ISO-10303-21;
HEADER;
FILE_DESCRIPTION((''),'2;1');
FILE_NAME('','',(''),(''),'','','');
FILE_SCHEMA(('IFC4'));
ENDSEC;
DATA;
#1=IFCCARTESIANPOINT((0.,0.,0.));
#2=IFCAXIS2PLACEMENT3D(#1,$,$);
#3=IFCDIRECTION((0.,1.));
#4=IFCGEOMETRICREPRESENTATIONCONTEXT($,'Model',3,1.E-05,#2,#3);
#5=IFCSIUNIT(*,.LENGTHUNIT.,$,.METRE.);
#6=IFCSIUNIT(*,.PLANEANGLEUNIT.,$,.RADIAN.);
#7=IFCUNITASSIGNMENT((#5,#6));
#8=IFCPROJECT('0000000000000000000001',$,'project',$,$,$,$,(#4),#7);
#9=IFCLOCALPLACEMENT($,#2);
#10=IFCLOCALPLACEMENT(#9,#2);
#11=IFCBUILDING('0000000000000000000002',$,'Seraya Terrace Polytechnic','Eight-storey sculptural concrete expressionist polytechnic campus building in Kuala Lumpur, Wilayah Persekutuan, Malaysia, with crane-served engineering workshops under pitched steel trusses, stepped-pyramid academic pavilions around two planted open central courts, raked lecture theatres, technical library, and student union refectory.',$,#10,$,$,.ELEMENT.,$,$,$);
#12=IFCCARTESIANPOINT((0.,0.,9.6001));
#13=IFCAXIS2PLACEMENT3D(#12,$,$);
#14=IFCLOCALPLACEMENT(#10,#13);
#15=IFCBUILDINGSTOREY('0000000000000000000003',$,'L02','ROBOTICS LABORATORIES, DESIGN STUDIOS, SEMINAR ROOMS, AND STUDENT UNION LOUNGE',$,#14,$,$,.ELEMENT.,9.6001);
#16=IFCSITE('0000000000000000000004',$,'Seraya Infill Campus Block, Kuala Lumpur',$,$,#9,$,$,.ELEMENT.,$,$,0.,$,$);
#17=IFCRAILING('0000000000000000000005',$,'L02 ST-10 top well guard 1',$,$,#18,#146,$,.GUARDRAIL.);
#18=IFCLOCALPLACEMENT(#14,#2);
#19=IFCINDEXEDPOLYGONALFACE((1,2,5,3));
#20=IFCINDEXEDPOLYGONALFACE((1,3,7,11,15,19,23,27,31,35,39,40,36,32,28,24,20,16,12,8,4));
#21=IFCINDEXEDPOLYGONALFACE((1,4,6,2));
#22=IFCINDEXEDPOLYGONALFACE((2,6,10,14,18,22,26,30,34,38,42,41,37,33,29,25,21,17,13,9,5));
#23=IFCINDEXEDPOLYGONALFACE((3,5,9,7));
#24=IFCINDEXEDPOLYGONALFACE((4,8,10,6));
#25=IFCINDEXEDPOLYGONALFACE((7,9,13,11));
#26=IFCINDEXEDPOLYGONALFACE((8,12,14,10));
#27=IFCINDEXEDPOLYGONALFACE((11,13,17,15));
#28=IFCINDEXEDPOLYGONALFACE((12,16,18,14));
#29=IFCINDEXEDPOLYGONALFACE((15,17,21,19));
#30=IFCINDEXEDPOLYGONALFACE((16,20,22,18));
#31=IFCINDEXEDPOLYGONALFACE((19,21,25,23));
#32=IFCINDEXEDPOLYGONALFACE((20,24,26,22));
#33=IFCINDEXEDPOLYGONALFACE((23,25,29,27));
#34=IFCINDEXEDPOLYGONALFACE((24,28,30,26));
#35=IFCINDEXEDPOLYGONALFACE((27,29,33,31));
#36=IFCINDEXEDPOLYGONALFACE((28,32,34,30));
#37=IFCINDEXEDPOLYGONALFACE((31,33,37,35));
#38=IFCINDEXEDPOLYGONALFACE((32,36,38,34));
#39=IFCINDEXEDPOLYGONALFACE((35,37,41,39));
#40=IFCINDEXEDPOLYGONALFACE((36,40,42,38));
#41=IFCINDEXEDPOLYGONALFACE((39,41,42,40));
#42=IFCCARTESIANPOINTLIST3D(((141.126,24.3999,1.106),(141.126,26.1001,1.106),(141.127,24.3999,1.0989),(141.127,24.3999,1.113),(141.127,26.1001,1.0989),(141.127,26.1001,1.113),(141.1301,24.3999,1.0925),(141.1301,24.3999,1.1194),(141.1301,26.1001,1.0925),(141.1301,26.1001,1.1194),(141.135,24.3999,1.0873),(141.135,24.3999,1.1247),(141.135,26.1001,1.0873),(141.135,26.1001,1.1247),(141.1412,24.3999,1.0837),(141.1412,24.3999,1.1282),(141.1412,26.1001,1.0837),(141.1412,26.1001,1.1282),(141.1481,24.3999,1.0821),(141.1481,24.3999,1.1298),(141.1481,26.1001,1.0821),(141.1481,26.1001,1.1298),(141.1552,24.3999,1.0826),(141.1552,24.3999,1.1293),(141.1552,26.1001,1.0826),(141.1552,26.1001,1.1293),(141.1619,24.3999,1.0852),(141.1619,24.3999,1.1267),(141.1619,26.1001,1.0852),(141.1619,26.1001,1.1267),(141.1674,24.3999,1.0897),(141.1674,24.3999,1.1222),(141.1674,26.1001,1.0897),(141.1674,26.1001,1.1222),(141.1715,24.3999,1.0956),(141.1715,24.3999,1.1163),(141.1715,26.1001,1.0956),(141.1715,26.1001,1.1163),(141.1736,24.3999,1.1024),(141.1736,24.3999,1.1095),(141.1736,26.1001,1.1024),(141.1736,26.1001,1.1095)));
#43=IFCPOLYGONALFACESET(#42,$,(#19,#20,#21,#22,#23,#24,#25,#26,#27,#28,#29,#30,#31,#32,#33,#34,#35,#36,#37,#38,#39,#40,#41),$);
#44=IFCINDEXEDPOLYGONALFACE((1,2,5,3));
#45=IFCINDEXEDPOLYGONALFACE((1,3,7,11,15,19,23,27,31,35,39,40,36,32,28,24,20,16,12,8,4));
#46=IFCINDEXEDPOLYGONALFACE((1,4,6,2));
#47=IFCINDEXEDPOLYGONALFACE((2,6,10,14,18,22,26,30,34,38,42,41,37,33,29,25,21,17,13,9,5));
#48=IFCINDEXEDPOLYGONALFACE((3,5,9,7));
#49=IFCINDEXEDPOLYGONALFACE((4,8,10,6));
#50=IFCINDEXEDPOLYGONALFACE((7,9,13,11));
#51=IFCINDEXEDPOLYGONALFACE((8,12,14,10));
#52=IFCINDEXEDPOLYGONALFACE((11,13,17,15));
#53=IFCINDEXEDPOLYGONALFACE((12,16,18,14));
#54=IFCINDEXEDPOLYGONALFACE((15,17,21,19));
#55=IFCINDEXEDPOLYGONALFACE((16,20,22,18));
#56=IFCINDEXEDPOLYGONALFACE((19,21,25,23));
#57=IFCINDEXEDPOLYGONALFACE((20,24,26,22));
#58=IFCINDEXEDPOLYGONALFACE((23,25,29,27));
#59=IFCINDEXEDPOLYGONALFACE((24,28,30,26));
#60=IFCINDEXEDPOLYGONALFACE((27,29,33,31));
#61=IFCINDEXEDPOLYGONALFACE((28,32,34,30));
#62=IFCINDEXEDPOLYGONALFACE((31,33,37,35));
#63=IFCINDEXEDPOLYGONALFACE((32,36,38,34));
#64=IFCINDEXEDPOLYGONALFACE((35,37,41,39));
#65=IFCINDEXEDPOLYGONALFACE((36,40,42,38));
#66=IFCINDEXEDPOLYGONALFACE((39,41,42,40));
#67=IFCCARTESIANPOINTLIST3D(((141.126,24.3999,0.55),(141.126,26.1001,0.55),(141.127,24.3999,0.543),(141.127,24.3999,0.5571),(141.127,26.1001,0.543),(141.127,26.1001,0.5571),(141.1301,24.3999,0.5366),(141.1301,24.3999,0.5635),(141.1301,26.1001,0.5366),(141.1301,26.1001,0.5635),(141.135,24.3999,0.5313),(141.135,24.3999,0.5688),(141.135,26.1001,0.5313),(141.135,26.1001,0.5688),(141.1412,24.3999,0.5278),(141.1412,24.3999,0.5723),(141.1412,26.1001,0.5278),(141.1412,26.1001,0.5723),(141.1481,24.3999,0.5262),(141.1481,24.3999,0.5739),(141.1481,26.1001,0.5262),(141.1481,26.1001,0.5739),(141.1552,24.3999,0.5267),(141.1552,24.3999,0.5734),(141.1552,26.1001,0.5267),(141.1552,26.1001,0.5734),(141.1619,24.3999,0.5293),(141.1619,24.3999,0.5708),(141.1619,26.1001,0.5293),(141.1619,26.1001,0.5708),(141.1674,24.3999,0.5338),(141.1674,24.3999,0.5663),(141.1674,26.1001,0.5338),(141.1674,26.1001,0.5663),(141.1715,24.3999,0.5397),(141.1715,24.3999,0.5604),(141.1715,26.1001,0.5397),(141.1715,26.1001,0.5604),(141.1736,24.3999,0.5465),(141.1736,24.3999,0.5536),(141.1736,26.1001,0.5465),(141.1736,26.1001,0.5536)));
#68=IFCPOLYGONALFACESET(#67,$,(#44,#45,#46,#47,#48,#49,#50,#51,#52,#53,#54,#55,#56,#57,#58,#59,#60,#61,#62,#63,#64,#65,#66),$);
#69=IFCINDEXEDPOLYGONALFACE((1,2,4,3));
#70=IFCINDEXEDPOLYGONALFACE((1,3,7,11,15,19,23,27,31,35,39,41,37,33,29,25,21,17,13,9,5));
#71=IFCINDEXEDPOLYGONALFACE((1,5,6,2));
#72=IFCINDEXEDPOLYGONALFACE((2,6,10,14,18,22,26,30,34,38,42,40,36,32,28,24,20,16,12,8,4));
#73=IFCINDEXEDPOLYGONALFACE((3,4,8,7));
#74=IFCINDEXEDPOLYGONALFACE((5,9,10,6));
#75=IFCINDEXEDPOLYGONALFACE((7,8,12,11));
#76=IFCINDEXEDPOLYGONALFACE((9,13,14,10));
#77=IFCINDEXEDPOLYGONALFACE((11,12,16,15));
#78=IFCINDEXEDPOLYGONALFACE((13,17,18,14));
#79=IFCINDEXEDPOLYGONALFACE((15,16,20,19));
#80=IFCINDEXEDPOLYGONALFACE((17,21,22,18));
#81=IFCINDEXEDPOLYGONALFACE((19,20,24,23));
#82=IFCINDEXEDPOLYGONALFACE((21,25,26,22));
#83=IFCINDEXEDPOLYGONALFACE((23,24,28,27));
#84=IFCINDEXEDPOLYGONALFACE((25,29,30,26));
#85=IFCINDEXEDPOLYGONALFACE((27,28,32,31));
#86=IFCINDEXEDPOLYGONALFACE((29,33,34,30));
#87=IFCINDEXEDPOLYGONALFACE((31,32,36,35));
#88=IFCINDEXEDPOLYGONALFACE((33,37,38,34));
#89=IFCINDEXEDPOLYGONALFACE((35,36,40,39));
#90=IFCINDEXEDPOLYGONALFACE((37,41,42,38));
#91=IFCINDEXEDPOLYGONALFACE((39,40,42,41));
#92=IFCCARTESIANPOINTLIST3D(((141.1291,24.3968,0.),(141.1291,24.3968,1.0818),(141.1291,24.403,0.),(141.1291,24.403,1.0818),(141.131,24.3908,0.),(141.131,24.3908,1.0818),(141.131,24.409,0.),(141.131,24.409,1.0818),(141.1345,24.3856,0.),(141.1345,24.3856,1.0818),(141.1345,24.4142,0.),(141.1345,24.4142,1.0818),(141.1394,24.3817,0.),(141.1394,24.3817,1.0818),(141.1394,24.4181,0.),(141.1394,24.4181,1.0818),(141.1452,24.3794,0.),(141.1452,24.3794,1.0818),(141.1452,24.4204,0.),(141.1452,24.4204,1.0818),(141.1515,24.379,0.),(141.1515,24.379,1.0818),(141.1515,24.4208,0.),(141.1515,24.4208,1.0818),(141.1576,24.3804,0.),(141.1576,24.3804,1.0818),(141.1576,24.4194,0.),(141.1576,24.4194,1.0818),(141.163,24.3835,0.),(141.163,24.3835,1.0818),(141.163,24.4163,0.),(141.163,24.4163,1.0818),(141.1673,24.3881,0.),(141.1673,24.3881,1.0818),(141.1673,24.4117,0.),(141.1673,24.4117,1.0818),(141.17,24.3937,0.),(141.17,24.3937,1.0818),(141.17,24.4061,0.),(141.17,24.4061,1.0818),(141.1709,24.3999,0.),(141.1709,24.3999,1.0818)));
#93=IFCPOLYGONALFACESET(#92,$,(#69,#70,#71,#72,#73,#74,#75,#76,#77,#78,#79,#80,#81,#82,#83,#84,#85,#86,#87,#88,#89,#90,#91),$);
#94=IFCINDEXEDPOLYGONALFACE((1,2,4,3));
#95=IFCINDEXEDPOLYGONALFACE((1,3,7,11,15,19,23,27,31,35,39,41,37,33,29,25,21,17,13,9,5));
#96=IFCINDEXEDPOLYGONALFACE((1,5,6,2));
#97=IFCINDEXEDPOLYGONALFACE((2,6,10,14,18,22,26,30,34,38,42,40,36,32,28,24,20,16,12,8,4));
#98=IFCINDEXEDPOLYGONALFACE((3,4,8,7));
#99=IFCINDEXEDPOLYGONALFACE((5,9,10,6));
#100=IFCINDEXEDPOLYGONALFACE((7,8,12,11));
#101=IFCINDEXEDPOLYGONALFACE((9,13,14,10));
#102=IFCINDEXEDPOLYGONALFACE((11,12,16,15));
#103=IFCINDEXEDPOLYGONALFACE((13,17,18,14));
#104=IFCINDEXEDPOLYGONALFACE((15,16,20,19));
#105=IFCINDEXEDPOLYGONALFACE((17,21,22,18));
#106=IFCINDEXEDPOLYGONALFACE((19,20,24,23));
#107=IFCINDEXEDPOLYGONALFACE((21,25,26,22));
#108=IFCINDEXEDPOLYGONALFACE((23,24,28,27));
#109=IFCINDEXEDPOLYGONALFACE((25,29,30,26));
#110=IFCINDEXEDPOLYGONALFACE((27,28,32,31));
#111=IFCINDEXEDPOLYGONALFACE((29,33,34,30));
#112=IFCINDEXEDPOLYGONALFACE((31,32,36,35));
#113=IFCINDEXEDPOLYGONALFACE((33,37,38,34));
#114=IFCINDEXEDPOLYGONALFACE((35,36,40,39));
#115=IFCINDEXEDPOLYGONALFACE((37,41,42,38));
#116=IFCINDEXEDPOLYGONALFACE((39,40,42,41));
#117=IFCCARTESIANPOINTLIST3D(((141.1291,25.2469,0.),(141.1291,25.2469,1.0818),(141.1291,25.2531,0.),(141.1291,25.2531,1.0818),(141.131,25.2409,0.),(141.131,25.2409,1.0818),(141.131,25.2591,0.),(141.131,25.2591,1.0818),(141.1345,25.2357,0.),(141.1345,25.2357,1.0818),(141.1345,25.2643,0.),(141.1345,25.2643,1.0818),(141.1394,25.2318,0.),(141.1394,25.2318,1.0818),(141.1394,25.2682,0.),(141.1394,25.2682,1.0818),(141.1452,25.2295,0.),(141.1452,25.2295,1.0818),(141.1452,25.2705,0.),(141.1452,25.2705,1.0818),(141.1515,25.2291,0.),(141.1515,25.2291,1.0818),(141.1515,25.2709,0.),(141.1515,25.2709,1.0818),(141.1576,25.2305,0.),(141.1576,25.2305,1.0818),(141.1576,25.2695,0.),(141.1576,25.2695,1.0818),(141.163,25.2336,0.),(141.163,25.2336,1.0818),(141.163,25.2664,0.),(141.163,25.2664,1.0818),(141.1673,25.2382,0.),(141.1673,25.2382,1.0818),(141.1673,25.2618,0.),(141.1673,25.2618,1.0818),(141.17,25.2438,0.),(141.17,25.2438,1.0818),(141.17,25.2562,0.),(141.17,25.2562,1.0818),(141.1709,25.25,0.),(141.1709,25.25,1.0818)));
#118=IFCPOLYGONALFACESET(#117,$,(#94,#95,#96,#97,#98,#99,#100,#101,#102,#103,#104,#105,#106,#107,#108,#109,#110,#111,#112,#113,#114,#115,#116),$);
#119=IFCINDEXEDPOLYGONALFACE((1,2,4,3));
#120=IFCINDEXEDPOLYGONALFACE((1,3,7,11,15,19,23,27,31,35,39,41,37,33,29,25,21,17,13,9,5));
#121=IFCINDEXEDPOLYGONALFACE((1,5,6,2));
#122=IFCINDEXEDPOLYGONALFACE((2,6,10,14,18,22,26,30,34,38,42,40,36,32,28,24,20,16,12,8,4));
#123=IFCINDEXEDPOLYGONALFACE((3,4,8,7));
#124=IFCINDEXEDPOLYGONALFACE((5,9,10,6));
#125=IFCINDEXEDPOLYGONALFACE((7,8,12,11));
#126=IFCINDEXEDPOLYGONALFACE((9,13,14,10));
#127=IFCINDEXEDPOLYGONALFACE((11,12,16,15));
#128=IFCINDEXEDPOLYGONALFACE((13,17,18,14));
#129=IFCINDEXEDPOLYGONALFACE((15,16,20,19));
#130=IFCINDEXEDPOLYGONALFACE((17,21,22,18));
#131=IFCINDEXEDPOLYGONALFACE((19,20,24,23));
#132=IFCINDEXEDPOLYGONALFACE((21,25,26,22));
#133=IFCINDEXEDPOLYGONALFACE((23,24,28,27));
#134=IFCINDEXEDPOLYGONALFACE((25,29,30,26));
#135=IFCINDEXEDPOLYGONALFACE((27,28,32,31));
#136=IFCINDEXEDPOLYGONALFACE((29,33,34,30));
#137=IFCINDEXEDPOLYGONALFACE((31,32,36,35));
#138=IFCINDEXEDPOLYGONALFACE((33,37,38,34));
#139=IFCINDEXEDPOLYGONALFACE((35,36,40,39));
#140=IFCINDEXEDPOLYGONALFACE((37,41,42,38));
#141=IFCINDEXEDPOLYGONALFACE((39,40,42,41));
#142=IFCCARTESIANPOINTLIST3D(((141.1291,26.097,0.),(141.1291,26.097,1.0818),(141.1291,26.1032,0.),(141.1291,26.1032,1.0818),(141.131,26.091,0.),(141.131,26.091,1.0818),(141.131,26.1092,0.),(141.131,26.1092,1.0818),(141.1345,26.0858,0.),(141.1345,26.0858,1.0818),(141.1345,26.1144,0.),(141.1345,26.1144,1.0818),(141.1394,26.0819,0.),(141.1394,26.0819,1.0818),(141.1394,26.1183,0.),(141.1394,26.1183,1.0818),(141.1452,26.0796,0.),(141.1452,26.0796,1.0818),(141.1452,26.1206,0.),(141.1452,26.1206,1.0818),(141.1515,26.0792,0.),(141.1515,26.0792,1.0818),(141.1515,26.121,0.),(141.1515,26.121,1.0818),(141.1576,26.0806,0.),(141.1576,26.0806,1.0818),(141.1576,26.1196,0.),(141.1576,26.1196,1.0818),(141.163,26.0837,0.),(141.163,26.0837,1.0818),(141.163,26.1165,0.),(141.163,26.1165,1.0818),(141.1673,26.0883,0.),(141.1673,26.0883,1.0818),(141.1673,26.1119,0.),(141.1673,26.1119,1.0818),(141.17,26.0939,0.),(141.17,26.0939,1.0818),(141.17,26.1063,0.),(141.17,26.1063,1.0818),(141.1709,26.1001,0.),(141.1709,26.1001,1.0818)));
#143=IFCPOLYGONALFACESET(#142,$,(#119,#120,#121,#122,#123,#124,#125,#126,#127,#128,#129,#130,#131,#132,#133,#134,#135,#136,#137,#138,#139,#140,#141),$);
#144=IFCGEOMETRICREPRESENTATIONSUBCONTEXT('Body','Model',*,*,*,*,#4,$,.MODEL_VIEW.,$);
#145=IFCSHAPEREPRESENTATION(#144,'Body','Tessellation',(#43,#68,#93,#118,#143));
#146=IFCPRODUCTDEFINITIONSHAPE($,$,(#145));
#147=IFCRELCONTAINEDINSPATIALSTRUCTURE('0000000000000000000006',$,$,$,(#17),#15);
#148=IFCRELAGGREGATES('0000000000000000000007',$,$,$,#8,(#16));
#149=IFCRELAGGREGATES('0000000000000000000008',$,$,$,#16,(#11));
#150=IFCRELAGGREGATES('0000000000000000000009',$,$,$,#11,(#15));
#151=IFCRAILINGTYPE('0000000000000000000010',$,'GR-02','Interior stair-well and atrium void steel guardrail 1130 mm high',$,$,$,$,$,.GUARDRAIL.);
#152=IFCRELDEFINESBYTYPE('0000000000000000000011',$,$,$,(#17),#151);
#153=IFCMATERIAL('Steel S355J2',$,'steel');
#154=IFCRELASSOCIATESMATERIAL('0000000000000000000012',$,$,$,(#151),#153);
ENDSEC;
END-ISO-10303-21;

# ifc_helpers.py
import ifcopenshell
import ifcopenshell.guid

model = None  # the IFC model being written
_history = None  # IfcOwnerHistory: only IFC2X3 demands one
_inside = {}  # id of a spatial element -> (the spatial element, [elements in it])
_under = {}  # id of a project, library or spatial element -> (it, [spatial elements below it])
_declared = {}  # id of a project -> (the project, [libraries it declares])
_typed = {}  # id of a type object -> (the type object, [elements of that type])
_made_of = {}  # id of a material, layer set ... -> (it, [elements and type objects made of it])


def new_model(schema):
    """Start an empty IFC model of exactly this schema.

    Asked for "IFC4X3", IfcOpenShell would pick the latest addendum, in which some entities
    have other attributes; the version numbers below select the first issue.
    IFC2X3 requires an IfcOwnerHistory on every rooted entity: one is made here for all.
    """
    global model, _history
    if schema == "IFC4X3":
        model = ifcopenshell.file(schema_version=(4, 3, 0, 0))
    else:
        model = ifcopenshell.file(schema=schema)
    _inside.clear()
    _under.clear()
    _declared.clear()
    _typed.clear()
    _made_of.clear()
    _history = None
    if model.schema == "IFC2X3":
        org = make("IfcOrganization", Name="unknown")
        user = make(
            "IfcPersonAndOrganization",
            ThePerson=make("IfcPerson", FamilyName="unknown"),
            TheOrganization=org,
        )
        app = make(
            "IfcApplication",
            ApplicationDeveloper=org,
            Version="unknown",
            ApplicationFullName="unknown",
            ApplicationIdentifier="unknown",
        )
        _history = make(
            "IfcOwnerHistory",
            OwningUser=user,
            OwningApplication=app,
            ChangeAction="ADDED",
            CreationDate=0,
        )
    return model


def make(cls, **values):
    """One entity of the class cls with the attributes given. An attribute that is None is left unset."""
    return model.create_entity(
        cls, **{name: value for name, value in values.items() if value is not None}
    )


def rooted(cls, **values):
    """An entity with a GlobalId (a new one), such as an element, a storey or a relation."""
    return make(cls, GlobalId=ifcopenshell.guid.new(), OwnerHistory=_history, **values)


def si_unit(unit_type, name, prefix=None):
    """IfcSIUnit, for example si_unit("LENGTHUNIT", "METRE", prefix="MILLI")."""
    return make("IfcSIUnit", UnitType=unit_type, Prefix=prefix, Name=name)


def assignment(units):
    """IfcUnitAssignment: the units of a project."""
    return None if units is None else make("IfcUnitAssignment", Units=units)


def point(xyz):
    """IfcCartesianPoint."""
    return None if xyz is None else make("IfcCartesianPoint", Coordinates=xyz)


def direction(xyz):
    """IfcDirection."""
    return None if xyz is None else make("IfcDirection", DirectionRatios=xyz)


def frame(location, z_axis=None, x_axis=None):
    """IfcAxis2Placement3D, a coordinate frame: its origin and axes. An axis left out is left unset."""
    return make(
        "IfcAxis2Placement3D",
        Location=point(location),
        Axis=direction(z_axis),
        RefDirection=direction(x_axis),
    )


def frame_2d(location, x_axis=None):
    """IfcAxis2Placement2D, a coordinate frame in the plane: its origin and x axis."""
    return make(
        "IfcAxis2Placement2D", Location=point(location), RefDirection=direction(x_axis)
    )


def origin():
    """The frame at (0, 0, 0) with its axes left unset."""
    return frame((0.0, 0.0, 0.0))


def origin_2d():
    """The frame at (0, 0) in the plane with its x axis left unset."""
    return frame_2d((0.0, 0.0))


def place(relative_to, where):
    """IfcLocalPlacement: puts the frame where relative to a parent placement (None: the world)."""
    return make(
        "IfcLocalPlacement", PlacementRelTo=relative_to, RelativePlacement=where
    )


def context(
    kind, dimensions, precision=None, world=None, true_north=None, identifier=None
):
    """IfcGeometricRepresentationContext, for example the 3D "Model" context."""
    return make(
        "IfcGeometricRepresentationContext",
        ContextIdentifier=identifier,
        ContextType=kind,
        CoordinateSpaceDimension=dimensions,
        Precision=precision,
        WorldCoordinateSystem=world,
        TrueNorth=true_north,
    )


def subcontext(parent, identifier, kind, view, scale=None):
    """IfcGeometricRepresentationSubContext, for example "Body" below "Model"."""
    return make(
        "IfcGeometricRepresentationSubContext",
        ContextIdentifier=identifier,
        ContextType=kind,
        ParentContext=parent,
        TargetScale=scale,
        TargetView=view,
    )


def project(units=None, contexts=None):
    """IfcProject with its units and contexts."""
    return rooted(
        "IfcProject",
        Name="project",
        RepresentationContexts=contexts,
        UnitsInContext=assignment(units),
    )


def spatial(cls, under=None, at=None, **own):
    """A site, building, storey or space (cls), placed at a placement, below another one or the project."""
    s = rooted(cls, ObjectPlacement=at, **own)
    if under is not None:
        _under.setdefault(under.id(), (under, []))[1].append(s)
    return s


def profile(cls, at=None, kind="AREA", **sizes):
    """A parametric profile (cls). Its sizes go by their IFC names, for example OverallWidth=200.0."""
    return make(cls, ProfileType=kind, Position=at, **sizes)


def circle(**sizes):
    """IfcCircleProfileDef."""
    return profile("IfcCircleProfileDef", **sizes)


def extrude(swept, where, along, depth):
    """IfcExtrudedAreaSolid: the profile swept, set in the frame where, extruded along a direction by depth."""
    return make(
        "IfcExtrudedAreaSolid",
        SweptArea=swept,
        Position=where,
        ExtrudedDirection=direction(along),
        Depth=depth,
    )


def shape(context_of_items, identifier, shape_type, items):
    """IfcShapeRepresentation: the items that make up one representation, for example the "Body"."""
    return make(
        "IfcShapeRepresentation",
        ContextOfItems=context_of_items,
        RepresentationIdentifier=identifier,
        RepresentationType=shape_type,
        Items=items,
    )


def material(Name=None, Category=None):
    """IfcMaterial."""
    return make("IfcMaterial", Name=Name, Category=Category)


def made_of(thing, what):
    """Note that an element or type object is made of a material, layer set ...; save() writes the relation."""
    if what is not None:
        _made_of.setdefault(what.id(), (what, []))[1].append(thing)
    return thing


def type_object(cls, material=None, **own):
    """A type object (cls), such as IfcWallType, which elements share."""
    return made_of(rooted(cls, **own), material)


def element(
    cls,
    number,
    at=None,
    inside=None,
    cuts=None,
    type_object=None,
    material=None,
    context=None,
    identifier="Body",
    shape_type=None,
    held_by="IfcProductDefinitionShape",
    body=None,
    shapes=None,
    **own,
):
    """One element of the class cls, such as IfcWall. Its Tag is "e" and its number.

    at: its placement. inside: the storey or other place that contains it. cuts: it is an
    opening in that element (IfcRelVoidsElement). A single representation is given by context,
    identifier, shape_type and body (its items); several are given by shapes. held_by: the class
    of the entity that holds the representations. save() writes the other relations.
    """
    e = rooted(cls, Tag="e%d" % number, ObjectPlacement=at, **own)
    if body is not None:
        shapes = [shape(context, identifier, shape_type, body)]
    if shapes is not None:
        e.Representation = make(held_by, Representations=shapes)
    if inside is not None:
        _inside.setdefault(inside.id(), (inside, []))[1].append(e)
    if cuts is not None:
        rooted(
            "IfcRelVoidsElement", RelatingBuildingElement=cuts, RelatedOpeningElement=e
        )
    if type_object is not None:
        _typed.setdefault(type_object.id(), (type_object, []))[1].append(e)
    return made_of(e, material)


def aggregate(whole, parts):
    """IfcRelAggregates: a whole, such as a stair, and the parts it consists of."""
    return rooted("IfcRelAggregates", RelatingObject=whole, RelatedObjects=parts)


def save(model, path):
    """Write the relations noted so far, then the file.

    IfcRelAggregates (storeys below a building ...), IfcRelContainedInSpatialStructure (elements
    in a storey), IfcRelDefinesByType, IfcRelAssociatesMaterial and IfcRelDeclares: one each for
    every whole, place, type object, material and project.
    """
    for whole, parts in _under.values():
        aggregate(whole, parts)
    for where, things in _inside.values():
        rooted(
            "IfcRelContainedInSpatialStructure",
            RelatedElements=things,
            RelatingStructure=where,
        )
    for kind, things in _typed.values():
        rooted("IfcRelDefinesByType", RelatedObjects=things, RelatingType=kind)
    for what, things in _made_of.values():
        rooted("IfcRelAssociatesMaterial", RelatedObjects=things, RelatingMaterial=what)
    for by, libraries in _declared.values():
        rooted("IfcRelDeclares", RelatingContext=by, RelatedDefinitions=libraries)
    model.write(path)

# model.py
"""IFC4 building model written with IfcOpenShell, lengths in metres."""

from ifc_helpers import new_model, si_unit, direction, frame, origin, origin_2d, place, context, subcontext, project, spatial, circle, extrude, material, type_object, element, save


model = new_model("IFC4")

# Units and contexts
model_context = context("Model", 3, precision=1e-05, world=origin(), true_north=direction((0.0, 1.0)))
body_context = subcontext(model_context, "Body", "Model", "MODEL_VIEW")
ifc_project = project(units=[si_unit("LENGTHUNIT", "METRE"), si_unit("PLANEANGLEUNIT", "RADIAN")], contexts=[model_context])

# Site, building, storey
site_placement = place(None, origin())
site = spatial("IfcSite", under=ifc_project, at=site_placement, Name="Seraya Infill Campus Block, Kuala Lumpur", CompositionType="ELEMENT", RefElevation=0.0)
building_placement = place(site_placement, origin())
building = spatial("IfcBuilding", under=site, at=building_placement, Name="Seraya Terrace Polytechnic", Description="Eight-storey sculptural concrete expressionist polytechnic campus building in Kuala Lumpur, Wilayah Persekutuan, Malaysia, with crane-served engineering workshops under pitched steel trusses, stepped-pyramid academic pavilions around two planted open central courts, raked lecture theatres, technical library, and student union refectory.", CompositionType="ELEMENT")
storey_placement = place(building_placement, frame((0.0, 0.0, 9.6001)))
storey = spatial("IfcBuildingStorey", under=building, at=storey_placement, Name="L02", Description="ROBOTICS LABORATORIES, DESIGN STUDIOS, SEMINAR ROOMS, AND STUDENT UNION LOUNGE", CompositionType="ELEMENT", Elevation=9.6001)

# Shared definitions
ifc_material_1 = material(Name="Steel S355J2", Category="steel")

# Railing
railing_type = type_object("IfcRailingType", Name="GR-02", Description="Interior stair-well and atrium void steel guardrail 1130 mm high", PredefinedType="GUARDRAIL", material=ifc_material_1)
railing_placement = place(storey_placement, frame((141.1499, 24.3999, 0.0)))
element("IfcRailing", 1, at=railing_placement, inside=storey, type_object=railing_type, Name="L02 ST-10 top well guard 1", PredefinedType="GUARDRAIL", context=body_context, shape_type="SweptSolid", body=[
    extrude(circle(Radius=0.0239, at=origin_2d()), frame((0.0, 0.0, 1.106), z_axis=(0.0, 1.0, 0.0), x_axis=(-1.0, 0.0, 0.0)), (0.0, 0.0, 1.0), 1.7002),
    extrude(circle(Radius=0.0239, at=origin_2d()), frame((0.0, 0.0, 0.55), z_axis=(0.0, 1.0, 0.0), x_axis=(-1.0, 0.0, 0.0)), (0.0, 0.0, 1.0), 1.7002),
    extrude(circle(Radius=0.021, at=origin_2d()), origin(), (0.0, 0.0, 1.0), 1.0818),
    extrude(circle(Radius=0.021, at=origin_2d()), frame((0.0, 0.8501, 0.0)), (0.0, 0.0, 1.0), 1.0818),
    extrude(circle(Radius=0.021, at=origin_2d()), frame((0.0, 1.7002, 0.0)), (0.0, 0.0, 1.0), 1.0818),
])

save(model, "model.ifc")
